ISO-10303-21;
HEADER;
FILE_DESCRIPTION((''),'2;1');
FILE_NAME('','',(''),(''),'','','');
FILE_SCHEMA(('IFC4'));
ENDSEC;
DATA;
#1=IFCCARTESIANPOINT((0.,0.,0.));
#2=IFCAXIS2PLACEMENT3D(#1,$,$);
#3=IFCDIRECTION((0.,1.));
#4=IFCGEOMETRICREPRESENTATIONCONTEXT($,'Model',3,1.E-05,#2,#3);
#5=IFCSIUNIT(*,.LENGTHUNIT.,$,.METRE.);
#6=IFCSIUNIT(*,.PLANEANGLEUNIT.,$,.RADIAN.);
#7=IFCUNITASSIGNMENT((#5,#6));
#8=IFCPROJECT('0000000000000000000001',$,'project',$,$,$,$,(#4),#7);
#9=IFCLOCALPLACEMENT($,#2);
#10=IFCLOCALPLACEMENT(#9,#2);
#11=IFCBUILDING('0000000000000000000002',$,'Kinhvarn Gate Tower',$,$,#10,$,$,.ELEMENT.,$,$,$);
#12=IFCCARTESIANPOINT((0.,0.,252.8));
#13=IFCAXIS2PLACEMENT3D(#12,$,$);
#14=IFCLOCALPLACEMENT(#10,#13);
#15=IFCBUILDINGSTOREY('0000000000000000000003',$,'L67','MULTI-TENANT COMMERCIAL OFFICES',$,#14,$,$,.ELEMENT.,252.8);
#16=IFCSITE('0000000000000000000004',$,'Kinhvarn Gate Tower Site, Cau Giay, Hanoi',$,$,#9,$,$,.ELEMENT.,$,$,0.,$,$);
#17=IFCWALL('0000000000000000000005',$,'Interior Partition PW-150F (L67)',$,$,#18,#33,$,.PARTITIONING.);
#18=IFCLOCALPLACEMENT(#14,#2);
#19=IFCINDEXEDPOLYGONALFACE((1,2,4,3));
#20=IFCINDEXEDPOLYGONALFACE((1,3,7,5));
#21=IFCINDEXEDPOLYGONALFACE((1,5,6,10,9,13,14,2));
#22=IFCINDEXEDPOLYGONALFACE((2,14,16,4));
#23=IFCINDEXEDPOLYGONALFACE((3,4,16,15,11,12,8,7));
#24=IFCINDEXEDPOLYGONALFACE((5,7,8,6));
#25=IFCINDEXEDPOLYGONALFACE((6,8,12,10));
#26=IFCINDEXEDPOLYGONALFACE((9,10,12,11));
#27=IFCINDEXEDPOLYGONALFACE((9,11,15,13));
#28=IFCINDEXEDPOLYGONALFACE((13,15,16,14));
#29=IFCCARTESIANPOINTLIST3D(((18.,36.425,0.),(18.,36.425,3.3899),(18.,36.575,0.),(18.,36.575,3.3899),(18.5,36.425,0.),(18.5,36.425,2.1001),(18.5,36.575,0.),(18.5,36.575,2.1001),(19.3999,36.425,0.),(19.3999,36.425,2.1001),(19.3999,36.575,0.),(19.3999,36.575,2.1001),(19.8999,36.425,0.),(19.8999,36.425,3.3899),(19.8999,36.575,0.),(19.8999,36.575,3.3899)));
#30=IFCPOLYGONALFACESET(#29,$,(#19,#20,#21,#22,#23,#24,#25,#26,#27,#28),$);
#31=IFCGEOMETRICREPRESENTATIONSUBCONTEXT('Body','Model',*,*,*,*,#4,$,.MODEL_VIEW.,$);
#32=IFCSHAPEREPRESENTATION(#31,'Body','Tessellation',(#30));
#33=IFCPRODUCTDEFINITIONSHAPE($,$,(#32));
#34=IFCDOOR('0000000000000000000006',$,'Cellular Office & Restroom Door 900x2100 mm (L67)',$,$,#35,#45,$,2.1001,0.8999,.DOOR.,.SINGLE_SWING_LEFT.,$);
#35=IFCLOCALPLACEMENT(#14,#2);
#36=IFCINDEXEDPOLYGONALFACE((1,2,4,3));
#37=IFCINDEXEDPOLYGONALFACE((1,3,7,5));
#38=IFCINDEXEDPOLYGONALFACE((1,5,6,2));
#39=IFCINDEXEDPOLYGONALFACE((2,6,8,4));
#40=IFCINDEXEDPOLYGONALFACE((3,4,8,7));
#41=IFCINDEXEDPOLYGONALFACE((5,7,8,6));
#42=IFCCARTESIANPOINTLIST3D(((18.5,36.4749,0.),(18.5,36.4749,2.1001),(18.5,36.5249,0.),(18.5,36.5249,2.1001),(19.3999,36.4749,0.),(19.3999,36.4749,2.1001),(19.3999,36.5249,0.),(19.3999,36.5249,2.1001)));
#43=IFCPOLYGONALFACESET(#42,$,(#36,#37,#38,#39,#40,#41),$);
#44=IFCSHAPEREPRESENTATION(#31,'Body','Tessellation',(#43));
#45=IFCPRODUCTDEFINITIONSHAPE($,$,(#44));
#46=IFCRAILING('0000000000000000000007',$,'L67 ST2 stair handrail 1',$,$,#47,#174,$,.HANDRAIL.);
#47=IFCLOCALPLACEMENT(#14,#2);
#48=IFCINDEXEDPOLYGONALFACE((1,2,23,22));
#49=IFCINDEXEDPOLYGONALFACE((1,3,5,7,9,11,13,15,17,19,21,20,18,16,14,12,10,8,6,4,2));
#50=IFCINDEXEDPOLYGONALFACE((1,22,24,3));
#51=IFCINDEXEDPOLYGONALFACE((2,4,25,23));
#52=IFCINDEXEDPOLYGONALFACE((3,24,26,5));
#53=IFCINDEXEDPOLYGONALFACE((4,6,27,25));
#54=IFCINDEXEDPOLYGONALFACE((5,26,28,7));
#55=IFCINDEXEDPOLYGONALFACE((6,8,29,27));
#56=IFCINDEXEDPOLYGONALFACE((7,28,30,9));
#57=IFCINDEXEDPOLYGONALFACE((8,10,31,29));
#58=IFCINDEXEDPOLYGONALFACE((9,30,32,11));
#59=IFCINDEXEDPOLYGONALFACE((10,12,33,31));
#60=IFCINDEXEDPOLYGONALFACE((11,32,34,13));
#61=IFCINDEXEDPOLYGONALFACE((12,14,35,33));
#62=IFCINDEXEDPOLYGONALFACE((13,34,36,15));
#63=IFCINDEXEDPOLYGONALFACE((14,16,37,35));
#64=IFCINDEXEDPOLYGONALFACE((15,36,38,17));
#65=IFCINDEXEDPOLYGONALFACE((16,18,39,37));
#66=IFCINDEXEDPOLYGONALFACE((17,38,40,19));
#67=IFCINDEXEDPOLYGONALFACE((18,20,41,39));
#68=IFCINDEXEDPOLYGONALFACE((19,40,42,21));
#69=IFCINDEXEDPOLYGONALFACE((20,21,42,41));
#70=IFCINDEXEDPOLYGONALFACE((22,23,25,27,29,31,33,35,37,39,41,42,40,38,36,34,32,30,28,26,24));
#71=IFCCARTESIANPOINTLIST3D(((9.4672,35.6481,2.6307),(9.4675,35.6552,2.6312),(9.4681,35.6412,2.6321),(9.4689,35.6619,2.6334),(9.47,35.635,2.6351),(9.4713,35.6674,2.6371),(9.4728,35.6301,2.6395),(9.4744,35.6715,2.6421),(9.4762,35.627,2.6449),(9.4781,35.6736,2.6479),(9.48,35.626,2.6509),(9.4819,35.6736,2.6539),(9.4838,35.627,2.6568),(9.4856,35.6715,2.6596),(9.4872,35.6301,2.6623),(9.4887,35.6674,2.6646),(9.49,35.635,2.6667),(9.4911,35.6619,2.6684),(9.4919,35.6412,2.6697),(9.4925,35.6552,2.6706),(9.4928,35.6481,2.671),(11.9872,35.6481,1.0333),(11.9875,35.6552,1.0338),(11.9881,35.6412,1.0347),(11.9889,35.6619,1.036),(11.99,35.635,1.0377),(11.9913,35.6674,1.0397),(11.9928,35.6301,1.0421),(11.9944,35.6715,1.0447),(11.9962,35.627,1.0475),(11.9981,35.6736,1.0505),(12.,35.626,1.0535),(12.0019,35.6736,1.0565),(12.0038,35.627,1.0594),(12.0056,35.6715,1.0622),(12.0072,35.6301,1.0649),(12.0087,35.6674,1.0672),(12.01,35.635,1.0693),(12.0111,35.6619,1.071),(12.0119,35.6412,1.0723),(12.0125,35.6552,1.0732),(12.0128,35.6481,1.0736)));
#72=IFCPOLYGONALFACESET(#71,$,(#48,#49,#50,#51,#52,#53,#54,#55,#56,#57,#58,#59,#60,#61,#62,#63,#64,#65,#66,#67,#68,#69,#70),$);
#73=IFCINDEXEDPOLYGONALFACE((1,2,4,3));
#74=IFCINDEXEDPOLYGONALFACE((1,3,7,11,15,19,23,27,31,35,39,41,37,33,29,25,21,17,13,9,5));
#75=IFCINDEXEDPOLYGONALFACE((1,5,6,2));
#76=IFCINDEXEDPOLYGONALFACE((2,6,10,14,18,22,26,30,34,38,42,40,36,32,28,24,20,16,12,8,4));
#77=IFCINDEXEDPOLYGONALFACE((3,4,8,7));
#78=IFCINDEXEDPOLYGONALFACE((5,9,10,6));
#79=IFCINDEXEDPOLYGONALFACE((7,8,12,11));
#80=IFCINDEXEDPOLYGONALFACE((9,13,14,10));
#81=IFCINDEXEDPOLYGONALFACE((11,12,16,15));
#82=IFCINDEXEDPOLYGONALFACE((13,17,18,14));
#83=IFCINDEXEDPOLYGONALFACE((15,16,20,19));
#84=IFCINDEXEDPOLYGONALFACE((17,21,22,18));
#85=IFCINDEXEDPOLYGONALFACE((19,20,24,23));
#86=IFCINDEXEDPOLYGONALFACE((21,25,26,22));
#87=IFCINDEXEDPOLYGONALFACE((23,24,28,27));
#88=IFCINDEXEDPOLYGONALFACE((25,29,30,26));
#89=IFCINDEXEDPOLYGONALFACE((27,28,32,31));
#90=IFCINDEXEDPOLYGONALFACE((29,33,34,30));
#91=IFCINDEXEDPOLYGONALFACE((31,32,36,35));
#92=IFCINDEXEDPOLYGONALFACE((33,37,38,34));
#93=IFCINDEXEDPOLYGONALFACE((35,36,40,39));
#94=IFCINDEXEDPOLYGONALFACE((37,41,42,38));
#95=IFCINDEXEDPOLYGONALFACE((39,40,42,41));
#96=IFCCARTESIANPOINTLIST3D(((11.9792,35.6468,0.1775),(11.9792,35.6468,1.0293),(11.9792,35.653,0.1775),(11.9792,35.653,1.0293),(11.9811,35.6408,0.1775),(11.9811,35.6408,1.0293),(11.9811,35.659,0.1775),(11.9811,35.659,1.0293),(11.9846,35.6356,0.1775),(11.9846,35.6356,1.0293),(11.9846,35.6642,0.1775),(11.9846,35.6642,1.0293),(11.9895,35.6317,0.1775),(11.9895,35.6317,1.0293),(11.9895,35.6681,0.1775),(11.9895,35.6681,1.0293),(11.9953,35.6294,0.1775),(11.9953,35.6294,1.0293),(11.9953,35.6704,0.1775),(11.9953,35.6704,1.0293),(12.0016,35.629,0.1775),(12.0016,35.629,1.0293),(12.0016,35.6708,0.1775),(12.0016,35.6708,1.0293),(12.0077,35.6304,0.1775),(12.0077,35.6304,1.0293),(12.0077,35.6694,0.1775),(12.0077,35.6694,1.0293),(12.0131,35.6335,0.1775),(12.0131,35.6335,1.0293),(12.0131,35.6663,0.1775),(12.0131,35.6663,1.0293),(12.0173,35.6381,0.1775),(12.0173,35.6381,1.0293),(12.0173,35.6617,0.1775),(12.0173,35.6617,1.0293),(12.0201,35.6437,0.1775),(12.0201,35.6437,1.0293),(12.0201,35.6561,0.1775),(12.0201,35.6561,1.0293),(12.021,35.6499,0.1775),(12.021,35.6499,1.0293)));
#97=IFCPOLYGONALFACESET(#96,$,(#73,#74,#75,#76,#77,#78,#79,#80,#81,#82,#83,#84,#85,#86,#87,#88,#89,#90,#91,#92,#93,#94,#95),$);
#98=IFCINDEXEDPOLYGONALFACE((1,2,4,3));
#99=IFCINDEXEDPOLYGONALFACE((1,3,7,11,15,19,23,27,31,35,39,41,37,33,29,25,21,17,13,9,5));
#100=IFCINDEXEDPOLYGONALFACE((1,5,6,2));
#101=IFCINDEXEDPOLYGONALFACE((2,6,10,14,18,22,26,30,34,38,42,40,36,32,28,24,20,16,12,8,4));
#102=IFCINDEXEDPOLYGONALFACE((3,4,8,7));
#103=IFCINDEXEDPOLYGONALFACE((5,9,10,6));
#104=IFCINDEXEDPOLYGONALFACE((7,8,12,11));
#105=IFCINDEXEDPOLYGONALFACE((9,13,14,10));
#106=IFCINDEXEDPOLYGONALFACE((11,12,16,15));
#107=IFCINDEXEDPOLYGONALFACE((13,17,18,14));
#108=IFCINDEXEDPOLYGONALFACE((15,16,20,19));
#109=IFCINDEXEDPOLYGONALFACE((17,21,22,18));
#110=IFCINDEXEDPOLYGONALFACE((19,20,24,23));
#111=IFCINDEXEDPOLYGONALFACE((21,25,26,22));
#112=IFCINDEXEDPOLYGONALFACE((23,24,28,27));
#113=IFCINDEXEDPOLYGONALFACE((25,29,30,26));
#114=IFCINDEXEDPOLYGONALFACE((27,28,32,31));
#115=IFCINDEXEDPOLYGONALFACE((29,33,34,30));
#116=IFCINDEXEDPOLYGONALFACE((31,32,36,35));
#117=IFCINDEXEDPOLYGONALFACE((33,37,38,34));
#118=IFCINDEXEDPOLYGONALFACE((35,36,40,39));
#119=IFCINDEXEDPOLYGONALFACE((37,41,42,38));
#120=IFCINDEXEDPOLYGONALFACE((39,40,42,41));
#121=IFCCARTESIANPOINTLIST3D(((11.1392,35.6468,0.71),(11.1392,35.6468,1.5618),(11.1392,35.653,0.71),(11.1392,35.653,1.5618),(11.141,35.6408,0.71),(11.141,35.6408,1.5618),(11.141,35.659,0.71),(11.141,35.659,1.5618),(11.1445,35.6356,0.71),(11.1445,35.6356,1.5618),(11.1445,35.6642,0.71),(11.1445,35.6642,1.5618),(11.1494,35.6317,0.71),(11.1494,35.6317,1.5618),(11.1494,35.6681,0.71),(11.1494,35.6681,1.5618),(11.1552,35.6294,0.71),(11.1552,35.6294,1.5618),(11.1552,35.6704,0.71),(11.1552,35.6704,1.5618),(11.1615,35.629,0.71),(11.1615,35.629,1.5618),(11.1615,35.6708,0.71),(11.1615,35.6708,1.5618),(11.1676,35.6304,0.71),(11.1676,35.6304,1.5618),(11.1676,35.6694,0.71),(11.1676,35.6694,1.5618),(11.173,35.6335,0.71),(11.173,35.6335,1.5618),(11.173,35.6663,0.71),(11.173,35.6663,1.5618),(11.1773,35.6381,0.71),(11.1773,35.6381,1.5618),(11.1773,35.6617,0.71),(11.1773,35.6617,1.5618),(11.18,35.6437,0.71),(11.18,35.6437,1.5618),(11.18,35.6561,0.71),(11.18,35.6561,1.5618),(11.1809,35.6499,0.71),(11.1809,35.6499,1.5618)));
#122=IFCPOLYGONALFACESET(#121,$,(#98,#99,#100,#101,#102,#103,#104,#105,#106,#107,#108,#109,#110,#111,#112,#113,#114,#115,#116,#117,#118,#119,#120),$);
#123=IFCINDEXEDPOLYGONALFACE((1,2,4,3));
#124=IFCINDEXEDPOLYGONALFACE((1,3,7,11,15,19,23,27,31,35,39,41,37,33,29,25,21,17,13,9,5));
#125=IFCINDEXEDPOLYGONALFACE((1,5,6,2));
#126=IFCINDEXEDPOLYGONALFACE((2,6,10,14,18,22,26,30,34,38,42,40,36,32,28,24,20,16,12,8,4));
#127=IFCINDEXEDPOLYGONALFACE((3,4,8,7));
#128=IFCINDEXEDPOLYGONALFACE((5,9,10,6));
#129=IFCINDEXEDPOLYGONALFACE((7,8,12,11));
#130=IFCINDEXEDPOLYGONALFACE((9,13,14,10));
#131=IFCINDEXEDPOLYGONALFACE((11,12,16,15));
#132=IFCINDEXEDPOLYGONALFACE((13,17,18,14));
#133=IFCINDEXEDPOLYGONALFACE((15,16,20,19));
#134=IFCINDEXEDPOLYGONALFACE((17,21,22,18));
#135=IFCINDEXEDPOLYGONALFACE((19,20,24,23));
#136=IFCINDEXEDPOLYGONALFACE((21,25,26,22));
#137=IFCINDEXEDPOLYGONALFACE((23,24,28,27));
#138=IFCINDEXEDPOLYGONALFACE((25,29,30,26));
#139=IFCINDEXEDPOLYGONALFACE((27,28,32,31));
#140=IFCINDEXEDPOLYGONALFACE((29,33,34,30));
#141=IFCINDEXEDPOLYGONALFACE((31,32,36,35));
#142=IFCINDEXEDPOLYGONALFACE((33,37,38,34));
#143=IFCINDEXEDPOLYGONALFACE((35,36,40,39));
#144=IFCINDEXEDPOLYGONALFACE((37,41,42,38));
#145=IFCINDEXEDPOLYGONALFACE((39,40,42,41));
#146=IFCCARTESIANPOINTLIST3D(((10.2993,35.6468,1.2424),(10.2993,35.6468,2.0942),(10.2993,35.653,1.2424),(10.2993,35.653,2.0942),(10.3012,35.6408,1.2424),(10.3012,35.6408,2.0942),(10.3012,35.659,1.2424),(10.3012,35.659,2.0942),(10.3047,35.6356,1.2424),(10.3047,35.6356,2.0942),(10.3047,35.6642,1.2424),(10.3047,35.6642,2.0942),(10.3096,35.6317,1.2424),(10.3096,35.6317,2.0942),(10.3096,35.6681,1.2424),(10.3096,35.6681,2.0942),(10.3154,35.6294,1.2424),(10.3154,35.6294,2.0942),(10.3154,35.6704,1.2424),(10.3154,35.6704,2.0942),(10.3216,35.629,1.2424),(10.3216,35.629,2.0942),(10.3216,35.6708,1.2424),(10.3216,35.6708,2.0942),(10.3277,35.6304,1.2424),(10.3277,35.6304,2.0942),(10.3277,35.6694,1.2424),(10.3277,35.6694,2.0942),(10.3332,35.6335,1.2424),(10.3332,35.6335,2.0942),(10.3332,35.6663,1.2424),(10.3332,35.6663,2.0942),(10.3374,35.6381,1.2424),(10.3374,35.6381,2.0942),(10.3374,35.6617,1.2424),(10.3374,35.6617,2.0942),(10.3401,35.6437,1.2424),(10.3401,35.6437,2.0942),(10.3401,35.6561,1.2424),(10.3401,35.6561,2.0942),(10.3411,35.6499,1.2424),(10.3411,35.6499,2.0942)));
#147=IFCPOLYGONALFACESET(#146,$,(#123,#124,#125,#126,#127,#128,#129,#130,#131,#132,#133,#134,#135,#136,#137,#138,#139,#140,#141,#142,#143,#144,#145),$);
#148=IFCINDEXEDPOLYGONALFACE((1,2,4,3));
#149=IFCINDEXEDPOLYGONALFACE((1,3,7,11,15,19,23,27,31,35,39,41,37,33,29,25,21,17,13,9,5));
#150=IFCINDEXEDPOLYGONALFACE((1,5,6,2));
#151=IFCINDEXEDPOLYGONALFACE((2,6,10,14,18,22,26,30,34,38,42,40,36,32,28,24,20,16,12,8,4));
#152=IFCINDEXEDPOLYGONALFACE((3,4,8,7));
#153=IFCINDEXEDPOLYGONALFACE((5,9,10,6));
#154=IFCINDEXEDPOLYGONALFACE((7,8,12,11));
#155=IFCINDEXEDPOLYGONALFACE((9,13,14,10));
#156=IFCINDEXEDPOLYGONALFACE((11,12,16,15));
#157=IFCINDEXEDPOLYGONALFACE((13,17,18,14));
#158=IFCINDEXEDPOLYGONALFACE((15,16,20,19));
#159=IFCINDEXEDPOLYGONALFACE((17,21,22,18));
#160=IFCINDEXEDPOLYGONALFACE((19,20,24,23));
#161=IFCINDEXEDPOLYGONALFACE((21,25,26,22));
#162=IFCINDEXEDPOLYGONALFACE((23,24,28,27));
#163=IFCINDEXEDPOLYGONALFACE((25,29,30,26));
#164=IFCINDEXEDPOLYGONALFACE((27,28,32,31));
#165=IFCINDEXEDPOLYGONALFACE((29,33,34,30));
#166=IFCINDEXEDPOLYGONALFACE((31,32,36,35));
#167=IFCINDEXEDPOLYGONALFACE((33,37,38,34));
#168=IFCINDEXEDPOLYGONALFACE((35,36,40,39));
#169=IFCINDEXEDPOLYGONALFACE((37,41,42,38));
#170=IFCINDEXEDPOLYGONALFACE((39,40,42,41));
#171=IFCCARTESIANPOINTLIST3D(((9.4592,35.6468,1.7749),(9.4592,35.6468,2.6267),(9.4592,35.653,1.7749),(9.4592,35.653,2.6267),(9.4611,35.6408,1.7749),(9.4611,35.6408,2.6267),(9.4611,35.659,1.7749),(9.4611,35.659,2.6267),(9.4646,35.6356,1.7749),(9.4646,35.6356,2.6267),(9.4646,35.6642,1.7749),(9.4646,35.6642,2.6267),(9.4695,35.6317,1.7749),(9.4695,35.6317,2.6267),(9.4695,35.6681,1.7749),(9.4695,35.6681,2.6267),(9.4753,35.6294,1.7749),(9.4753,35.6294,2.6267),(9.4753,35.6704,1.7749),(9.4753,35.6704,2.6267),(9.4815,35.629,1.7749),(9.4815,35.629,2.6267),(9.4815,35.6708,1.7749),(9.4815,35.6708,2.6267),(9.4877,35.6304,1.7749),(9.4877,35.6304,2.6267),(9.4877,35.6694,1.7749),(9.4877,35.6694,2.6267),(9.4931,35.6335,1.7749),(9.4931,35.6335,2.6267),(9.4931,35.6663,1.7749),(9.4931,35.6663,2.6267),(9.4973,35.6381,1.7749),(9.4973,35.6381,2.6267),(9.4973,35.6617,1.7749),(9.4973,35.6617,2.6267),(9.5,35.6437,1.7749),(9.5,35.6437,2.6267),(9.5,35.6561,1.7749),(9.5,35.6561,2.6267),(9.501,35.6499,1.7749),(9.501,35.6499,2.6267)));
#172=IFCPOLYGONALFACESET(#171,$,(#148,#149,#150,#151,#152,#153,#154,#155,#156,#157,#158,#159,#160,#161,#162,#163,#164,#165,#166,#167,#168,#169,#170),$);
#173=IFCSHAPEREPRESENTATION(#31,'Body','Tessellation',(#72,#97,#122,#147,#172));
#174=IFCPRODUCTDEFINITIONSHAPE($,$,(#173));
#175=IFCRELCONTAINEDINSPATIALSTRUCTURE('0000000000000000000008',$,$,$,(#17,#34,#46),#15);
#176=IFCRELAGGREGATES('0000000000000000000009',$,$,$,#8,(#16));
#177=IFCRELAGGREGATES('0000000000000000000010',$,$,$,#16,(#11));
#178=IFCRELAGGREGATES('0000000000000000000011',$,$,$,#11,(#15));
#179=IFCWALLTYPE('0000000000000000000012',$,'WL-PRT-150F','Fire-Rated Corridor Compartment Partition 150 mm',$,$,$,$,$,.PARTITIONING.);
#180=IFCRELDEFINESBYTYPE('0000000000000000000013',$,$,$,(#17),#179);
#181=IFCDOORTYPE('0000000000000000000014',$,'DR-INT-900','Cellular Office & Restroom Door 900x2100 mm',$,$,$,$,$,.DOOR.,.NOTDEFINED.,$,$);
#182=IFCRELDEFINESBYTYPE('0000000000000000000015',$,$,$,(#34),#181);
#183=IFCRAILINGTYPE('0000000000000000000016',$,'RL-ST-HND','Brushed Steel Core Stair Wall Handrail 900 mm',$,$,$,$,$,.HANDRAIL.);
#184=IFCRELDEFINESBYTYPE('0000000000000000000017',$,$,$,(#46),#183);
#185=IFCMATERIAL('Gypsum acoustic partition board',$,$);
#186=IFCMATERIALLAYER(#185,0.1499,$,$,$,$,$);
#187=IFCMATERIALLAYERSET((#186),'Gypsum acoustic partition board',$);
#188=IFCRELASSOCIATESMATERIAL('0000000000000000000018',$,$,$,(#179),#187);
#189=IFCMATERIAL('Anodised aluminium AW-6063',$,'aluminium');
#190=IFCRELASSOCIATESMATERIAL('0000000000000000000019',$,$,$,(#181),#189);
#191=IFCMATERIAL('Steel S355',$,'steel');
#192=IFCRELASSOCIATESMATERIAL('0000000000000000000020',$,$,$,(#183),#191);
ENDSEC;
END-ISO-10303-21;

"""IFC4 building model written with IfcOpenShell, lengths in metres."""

from ifc_helpers import new_model, si_unit, direction, frame, frame_2d, origin, origin_2d, place, context, subcontext, project, spatial, rectangle, circle, extrude, material, layer, layer_set, type_object, element, fill, save


model = new_model("IFC4")

# Units and contexts
model_context = context("Model", 3, precision=1e-05, world=origin(), true_north=direction((0.0, 1.0)))
body_context = subcontext(model_context, "Body", "Model", "MODEL_VIEW")
ifc_project = project(units=[si_unit("LENGTHUNIT", "METRE"), si_unit("PLANEANGLEUNIT", "RADIAN")], contexts=[model_context])

# Site, building, storey
site_placement = place(None, origin())
site = spatial("IfcSite", under=ifc_project, at=site_placement, Name="Kinhvarn Gate Tower Site, Cau Giay, Hanoi", CompositionType="ELEMENT", RefElevation=0.0)
building_placement = place(site_placement, origin())
building = spatial("IfcBuilding", under=site, at=building_placement, Name="Kinhvarn Gate Tower", CompositionType="ELEMENT")
storey_placement = place(building_placement, frame((0.0, 0.0, 252.8)))
storey = spatial("IfcBuildingStorey", under=building, at=storey_placement, Name="L67", Description="MULTI-TENANT COMMERCIAL OFFICES", CompositionType="ELEMENT", Elevation=252.8)

# Shared definitions
ifc_material_1 = material(Name="Anodised aluminium AW-6063", Category="aluminium")

# Shared definitions
ifc_material_2 = material(Name="Steel S355", Category="steel")

# Shared definitions
ifc_material_3 = material(Name="Gypsum acoustic partition board")

# Wall, opening, door
ifc_layer_1 = layer(ifc_material_3, 0.1499)
ifc_layer_set_1 = layer_set([ifc_layer_1], Name="Gypsum acoustic partition board")
wall_type_1 = type_object("IfcWallType", Name="WL-PRT-150F", Description="Fire-Rated Corridor Compartment Partition 150 mm", PredefinedType="PARTITIONING", material=ifc_layer_set_1)
wall_1_placement = place(storey_placement, frame((18.0, 36.5, 0.0), z_axis=(0.0, 0.0, 1.0), x_axis=(1.0, 0.0, 0.0)))
wall_1 = element("IfcWall", 1, at=wall_1_placement, inside=storey, type_object=wall_type_1, Name="Interior Partition PW-150F (L67)", PredefinedType="PARTITIONING", context=body_context, shape_type="SweptSolid", body=[
    extrude(rectangle(XDim=1.8999, YDim=0.1499, at=frame_2d((0.95, 0.0))), origin(), (0.0, 0.0, 1.0), 3.3899),
])
opening_placement = place(wall_1_placement, frame((0.5, 0.0, 0.0)))
opening = element("IfcOpeningElement", 2, at=opening_placement, cuts=wall_1, PredefinedType="OPENING", context=body_context, shape_type="SweptSolid", body=[
    extrude(rectangle(XDim=0.8999, YDim=2.1001, at=frame_2d((0.45, 1.05))), frame((0.0, 0.085, 0.0), z_axis=(0.0, -1.0, 0.0), x_axis=(1.0, 0.0, 0.0)), (0.0, 0.0, 1.0), 0.1699),
])
door_type = type_object("IfcDoorType", Name="DR-INT-900", Description="Cellular Office & Restroom Door 900x2100 mm", OperationType="NOTDEFINED", PredefinedType="DOOR", material=ifc_material_1)
door_placement = place(opening_placement, origin())
door = element("IfcDoor", 3, at=door_placement, inside=storey, type_object=door_type, Name="Cellular Office & Restroom Door 900x2100 mm (L67)", OperationType="SINGLE_SWING_LEFT", OverallHeight=2.1001, OverallWidth=0.8999, PredefinedType="DOOR", context=body_context, shape_type="SweptSolid", body=[
    extrude(rectangle(XDim=0.8999, YDim=2.1001, at=frame_2d((0.45, 1.05))), frame((0.0, 0.0249, 0.0), z_axis=(0.0, -1.0, 0.0), x_axis=(1.0, 0.0, 0.0)), (0.0, 0.0, 1.0), 0.05),
])
fill(opening, door)

# Railing
railing_type = type_object("IfcRailingType", Name="RL-ST-HND", Description="Brushed Steel Core Stair Wall Handrail 900 mm", PredefinedType="HANDRAIL", material=ifc_material_2)
railing_placement = place(storey_placement, frame((12.0, 35.6499, 0.1775)))
element("IfcRailing", 4, at=railing_placement, inside=storey, type_object=railing_type, Name="L67 ST2 stair handrail 1", PredefinedType="HANDRAIL", context=body_context, shape_type="SweptSolid", body=[
    extrude(circle(Radius=0.0239, at=origin_2d()), frame((0.0, 0.0, 0.876), z_axis=(-0.844607, 0.0, 0.535387), x_axis=(0.0, -1.0, 0.0)), (0.0, 0.0, 1.0), 2.9836),
    extrude(circle(Radius=0.021, at=origin_2d()), origin(), (0.0, 0.0, 1.0), 0.8518),
    extrude(circle(Radius=0.021, at=origin_2d()), frame((-0.8401, 0.0, 0.5325)), (0.0, 0.0, 1.0), 0.8518),
    extrude(circle(Radius=0.021, at=origin_2d()), frame((-1.6799, 0.0, 1.0649)), (0.0, 0.0, 1.0), 0.8518),
    extrude(circle(Radius=0.021, at=origin_2d()), frame((-2.52, 0.0, 1.5974)), (0.0, 0.0, 1.0), 0.8518),
])

save(model, "model.ifc")
